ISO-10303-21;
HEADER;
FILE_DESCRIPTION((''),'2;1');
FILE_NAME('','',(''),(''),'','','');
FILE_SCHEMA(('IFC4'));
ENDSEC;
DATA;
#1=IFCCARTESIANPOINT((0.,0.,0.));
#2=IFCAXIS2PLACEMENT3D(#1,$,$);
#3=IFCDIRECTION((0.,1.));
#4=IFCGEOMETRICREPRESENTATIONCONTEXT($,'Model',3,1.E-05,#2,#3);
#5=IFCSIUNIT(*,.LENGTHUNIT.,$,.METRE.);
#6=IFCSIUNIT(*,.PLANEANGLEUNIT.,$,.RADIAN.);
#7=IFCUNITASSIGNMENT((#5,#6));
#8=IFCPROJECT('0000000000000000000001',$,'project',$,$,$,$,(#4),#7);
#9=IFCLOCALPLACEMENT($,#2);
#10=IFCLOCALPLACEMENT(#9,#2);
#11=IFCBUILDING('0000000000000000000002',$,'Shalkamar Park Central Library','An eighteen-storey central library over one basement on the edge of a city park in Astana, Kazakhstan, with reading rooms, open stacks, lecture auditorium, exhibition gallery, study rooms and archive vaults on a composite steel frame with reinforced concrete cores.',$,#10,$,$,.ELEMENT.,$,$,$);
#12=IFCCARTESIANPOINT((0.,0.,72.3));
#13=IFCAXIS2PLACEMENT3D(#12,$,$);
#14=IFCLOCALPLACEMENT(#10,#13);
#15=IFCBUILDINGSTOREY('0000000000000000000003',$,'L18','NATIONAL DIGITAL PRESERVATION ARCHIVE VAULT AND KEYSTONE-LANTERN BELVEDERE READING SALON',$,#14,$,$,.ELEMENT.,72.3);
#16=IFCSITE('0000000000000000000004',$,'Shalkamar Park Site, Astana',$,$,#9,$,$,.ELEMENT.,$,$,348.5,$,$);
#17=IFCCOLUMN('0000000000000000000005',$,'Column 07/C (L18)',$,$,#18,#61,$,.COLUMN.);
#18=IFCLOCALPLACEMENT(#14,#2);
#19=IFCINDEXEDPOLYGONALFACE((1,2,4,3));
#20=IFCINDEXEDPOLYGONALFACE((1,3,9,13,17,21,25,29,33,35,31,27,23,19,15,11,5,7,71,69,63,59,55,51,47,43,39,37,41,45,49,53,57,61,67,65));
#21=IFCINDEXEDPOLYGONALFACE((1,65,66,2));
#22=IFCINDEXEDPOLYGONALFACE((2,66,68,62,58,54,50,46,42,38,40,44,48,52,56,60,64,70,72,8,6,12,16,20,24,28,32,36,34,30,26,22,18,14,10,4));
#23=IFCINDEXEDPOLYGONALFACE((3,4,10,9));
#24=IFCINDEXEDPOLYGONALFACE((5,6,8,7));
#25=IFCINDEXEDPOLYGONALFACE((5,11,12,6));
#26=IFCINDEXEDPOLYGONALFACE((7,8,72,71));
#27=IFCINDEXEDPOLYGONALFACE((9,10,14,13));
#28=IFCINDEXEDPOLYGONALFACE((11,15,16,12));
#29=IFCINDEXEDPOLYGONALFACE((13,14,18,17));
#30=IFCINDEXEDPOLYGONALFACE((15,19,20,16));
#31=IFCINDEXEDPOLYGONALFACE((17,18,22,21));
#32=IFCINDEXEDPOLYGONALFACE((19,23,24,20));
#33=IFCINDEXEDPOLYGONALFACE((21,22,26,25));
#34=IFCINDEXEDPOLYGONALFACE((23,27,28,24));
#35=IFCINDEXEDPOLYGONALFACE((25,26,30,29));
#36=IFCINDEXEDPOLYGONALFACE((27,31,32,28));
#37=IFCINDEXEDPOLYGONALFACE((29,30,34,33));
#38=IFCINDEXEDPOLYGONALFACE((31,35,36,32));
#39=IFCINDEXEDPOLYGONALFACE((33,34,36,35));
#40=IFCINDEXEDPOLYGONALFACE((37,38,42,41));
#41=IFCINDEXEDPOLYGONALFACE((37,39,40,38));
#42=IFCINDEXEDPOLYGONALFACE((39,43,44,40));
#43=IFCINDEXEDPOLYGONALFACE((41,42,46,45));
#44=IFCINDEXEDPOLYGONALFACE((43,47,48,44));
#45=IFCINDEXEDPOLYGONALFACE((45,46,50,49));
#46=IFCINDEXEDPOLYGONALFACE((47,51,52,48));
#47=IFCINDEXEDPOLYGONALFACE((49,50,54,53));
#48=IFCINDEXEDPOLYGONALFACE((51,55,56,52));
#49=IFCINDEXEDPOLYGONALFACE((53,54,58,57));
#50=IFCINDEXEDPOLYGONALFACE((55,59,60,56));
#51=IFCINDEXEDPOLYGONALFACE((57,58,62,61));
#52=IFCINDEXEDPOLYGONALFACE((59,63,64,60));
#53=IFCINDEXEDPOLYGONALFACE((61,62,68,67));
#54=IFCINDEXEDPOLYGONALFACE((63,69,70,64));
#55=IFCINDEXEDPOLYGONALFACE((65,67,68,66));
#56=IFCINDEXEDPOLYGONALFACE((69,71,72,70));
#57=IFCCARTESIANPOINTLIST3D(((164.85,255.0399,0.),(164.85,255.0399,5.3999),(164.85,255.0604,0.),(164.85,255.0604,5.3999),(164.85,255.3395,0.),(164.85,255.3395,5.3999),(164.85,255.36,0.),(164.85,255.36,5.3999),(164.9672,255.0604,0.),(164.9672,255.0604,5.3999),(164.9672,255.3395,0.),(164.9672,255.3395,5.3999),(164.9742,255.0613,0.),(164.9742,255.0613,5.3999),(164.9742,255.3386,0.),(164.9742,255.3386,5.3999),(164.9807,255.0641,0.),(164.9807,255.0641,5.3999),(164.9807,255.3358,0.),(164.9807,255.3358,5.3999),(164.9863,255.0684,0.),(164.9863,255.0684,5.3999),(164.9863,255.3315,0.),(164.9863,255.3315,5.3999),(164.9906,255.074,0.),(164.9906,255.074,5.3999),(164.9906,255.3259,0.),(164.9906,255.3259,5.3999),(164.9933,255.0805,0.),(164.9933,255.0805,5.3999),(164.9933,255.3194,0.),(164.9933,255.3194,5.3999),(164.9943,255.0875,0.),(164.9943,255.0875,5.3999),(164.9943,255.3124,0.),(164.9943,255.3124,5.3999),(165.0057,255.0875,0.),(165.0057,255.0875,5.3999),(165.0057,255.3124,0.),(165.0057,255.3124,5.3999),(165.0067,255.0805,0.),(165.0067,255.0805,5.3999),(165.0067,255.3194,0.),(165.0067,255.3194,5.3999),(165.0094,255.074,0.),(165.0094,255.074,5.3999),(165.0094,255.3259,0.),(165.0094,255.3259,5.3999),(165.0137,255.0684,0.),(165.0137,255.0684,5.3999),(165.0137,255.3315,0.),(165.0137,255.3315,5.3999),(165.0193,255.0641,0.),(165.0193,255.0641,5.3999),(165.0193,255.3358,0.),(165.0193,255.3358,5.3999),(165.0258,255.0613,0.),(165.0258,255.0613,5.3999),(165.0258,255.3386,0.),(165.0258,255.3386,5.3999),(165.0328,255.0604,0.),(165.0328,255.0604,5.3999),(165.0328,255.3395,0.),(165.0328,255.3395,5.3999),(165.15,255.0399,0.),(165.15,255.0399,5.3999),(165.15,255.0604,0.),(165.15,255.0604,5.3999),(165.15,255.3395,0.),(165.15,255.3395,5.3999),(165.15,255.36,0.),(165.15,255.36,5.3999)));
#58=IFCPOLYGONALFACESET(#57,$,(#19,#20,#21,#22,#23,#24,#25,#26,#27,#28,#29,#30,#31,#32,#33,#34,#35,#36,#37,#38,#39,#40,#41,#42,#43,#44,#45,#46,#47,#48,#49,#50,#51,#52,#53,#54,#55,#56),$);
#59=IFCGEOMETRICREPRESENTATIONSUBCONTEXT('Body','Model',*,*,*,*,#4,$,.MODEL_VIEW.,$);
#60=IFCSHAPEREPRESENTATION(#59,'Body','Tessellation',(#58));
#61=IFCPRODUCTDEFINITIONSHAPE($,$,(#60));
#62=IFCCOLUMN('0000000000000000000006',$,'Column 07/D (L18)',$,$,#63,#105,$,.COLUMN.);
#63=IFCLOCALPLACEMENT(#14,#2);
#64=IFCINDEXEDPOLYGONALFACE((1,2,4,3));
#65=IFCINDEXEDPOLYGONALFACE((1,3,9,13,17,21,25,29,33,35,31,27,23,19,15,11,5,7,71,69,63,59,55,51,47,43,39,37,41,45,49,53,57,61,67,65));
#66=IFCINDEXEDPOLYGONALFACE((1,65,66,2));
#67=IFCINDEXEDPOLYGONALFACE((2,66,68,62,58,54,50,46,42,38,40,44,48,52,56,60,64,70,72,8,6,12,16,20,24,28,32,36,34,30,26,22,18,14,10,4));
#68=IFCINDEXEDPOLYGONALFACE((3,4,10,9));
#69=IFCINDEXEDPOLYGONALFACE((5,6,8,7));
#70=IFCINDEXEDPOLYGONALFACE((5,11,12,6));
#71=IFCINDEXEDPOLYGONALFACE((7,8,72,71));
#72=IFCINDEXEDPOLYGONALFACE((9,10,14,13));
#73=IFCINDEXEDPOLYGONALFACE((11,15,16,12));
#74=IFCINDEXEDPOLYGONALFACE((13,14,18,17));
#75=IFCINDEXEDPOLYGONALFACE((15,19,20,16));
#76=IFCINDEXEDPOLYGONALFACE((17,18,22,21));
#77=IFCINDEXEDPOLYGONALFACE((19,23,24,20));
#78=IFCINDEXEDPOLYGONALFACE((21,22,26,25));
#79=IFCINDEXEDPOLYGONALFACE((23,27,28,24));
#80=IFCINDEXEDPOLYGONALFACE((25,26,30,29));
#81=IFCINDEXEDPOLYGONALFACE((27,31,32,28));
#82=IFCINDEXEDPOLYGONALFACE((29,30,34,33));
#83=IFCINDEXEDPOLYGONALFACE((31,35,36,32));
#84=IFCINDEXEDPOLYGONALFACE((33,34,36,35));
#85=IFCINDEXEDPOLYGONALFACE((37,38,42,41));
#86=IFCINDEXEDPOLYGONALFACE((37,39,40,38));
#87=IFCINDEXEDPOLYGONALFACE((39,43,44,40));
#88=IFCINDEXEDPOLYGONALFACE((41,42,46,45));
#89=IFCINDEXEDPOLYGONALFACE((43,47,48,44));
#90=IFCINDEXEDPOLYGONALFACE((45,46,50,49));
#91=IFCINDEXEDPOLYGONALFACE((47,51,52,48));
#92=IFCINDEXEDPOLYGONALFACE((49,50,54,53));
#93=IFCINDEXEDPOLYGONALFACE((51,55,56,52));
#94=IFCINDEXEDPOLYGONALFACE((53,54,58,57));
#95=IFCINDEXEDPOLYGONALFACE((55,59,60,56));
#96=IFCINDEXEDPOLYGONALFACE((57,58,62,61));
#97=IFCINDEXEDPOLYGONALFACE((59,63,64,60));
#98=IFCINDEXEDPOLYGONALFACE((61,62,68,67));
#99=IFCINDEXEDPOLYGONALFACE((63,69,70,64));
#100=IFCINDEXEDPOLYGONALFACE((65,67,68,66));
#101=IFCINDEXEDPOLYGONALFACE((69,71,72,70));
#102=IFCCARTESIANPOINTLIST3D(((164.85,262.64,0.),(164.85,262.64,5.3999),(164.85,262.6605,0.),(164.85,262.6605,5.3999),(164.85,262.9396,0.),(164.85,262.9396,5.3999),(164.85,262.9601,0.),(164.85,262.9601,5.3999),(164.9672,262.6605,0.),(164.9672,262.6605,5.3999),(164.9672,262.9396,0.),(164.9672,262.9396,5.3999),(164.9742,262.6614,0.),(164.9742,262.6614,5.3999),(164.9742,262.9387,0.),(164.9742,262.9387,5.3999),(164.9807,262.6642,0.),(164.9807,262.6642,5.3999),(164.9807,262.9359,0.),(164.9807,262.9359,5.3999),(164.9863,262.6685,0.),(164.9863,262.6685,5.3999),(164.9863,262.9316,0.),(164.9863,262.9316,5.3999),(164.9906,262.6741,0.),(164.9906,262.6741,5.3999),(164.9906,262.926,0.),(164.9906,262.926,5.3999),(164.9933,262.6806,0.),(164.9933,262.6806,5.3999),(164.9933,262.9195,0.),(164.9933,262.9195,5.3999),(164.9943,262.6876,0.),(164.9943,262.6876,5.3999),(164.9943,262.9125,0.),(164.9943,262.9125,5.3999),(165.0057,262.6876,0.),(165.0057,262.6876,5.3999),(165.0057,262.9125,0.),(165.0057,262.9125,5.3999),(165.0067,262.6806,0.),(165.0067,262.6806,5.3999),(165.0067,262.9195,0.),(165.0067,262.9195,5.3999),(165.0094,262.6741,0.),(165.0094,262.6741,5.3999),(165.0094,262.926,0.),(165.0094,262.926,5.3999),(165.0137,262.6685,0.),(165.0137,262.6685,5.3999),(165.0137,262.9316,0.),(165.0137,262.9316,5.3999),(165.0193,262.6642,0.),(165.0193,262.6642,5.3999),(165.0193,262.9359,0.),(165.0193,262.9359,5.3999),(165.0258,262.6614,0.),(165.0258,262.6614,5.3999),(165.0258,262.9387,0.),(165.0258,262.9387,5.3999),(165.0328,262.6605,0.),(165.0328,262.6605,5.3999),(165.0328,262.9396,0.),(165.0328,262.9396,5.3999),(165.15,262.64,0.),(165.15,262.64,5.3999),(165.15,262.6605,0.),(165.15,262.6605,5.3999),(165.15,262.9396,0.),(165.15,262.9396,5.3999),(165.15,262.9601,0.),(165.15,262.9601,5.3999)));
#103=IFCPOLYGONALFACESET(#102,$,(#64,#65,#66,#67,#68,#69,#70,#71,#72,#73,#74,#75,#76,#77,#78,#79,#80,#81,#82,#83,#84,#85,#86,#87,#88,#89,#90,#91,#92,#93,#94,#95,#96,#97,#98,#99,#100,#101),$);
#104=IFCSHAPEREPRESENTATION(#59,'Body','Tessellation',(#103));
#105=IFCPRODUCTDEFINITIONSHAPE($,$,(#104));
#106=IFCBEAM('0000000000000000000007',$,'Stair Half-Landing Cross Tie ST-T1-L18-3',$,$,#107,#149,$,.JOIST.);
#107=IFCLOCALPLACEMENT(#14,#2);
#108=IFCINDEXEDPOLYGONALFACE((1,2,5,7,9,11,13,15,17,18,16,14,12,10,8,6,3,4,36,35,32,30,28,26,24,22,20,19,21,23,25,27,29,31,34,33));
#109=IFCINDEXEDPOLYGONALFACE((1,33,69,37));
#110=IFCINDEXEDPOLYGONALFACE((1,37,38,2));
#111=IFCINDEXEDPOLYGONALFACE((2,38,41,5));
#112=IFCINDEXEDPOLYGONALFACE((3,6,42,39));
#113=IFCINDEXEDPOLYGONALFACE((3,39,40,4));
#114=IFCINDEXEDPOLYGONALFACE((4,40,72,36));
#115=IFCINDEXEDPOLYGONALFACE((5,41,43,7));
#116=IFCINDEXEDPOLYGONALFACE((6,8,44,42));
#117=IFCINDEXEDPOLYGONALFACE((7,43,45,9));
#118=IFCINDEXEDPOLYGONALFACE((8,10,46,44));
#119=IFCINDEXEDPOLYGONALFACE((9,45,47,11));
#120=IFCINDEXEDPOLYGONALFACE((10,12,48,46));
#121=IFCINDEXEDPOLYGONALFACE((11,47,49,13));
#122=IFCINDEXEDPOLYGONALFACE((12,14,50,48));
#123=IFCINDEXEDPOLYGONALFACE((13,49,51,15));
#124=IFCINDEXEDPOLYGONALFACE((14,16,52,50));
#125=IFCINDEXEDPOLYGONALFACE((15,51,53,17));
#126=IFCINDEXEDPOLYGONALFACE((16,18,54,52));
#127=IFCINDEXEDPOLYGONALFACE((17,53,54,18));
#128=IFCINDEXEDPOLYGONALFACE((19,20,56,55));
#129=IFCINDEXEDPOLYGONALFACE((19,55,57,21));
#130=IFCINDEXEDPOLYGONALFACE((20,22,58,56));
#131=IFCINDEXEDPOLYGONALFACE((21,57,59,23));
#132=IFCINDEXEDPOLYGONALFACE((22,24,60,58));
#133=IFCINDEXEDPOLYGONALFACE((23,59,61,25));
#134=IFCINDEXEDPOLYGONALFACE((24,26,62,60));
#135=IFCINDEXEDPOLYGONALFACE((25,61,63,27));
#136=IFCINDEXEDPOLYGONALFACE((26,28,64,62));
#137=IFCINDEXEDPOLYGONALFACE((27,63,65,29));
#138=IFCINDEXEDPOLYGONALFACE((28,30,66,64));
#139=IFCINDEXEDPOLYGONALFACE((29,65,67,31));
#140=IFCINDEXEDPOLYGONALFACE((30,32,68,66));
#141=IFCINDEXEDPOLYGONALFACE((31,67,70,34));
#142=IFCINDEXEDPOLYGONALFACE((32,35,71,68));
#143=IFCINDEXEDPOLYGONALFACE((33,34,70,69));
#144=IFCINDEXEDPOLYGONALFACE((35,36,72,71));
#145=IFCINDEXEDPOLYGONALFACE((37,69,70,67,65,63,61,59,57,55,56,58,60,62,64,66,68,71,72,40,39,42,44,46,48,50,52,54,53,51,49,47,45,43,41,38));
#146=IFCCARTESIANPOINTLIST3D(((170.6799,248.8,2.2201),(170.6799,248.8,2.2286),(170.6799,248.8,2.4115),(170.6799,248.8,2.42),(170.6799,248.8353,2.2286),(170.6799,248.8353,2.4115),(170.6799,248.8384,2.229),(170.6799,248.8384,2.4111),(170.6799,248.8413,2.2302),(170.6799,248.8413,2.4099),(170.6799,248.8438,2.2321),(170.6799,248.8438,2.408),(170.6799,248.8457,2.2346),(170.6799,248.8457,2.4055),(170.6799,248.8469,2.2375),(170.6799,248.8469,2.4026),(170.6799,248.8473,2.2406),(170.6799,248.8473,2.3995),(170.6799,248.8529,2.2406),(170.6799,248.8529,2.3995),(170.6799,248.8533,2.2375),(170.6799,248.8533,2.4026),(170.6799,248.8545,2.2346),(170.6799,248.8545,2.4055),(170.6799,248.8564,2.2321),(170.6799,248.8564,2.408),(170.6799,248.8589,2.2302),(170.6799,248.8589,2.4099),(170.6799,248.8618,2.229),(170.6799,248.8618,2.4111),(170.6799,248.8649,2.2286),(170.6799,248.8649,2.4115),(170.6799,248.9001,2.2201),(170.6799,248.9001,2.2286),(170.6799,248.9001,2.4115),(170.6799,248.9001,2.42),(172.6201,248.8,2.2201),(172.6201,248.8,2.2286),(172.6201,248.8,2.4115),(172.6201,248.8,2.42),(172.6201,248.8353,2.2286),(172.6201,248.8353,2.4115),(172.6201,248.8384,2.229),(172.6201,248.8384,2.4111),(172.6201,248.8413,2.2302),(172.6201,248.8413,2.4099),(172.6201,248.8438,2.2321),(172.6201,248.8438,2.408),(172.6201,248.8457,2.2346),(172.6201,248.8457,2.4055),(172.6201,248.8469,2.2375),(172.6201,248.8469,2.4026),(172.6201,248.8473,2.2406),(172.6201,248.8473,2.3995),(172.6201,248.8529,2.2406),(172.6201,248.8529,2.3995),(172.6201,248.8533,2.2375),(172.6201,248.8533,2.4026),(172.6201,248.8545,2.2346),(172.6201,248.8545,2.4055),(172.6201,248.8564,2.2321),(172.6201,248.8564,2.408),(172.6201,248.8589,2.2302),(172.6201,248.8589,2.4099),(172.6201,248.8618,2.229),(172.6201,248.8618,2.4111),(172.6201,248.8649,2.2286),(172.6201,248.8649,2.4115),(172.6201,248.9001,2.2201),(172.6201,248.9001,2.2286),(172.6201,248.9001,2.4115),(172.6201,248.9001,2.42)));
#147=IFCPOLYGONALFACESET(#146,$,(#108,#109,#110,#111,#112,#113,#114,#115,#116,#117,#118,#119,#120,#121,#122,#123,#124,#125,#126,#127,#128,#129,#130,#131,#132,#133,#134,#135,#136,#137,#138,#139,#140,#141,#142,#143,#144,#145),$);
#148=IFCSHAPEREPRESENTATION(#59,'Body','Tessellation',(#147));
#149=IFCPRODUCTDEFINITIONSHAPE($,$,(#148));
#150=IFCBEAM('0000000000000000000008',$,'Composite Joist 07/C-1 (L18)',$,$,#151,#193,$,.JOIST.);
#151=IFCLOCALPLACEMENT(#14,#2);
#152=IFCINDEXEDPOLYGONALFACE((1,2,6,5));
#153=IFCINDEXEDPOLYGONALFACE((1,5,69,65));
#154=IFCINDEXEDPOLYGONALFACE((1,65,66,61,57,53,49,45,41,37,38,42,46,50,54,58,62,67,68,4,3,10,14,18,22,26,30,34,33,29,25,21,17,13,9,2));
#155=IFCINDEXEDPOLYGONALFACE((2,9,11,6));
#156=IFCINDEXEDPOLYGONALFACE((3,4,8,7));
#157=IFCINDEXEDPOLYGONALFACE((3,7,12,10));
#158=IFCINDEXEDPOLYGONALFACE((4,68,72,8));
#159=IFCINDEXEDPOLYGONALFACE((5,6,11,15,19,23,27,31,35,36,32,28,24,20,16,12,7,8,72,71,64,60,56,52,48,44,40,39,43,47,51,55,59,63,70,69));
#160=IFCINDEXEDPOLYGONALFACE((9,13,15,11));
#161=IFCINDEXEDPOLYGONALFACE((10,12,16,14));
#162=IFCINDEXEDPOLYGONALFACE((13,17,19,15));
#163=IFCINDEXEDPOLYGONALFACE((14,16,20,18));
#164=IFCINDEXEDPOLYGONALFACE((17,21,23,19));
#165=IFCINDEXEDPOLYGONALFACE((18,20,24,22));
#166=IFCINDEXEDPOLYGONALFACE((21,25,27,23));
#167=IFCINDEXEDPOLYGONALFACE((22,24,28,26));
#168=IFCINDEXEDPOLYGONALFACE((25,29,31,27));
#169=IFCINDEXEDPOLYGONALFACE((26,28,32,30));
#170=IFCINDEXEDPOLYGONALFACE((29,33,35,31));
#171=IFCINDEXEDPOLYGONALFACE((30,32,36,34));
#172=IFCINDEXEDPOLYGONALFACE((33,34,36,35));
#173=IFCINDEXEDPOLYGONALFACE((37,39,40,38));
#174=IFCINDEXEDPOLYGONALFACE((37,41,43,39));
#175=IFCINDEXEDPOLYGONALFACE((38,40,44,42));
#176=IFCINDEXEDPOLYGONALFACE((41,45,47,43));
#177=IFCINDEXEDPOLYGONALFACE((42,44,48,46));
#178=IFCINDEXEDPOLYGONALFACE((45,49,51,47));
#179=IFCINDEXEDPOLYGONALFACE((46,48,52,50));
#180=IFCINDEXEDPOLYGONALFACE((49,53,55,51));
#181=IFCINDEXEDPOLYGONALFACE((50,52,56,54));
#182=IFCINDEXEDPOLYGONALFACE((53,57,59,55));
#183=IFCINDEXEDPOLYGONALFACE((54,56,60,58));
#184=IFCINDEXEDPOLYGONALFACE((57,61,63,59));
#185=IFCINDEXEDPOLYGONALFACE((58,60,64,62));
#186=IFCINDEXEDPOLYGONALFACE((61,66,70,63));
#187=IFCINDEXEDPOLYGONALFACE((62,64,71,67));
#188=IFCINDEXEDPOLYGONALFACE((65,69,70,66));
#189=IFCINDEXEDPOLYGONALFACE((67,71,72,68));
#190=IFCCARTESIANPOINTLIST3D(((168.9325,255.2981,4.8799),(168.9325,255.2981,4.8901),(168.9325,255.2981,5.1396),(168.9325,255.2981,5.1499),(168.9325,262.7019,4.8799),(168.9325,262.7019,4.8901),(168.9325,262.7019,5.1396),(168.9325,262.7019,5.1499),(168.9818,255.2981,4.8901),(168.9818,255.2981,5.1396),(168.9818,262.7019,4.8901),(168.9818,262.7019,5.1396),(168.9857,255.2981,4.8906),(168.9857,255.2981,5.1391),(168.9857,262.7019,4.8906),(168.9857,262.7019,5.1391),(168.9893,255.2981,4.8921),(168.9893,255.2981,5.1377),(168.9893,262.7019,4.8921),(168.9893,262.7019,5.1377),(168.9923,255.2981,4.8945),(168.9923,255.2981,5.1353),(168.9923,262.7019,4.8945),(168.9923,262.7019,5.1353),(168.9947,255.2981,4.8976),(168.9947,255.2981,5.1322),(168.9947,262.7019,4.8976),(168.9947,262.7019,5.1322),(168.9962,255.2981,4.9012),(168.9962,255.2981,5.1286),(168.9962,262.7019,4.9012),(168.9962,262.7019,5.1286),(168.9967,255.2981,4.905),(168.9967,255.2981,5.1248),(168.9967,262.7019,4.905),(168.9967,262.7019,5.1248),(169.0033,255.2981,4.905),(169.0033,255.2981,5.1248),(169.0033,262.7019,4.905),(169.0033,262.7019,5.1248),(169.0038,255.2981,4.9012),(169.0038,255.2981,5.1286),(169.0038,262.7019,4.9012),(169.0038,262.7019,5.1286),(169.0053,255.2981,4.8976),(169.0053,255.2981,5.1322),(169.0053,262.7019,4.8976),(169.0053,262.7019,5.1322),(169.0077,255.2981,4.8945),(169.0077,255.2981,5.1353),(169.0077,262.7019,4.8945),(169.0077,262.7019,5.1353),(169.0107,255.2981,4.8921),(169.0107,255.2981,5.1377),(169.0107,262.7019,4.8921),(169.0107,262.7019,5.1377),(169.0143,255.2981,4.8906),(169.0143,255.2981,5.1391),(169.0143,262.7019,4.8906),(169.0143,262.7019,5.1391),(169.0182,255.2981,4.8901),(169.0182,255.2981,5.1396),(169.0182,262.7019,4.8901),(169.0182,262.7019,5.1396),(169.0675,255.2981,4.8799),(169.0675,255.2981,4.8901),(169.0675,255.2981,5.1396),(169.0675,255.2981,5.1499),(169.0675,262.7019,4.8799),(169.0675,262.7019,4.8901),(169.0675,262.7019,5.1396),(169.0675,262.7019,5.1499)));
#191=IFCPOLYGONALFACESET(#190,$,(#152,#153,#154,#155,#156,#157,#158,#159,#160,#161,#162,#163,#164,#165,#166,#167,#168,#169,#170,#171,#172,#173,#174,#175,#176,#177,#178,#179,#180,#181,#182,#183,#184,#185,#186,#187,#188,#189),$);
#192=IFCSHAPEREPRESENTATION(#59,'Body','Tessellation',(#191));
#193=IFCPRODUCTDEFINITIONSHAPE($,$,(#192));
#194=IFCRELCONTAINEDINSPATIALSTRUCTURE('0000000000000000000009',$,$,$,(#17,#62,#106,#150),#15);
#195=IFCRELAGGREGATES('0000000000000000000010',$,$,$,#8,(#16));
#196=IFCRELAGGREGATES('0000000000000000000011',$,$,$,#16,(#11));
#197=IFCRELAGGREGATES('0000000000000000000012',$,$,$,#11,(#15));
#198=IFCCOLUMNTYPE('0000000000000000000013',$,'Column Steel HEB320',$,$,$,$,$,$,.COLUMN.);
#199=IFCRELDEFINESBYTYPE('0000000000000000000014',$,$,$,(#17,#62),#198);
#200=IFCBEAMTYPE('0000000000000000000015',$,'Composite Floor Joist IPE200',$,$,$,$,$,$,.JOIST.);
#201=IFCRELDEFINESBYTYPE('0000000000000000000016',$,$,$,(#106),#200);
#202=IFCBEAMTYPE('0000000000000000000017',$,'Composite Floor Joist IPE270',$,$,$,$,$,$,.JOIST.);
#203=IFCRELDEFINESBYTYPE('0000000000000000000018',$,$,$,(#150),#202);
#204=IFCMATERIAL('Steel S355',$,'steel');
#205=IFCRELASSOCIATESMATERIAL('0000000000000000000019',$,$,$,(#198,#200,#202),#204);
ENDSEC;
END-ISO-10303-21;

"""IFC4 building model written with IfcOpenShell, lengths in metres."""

from ifc_helpers import new_model, si_unit, direction, frame, origin, origin_2d, place, context, subcontext, project, spatial, i_section, extrude, material, material_profile, profile_set, type_object, element, save


model = new_model("IFC4")

# Units and contexts
model_context = context("Model", 3, precision=1e-05, world=origin(), true_north=direction((0.0, 1.0)))
body_context = subcontext(model_context, "Body", "Model", "MODEL_VIEW")
ifc_project = project(units=[si_unit("LENGTHUNIT", "METRE"), si_unit("PLANEANGLEUNIT", "RADIAN")], contexts=[model_context])

# Site, building, storey
site_placement = place(None, origin())
site = spatial("IfcSite", under=ifc_project, at=site_placement, Name="Shalkamar Park Site, Astana", CompositionType="ELEMENT", RefElevation=348.5)
building_placement = place(site_placement, origin())
building = spatial("IfcBuilding", under=site, at=building_placement, Name="Shalkamar Park Central Library", Description="An eighteen-storey central library over one basement on the edge of a city park in Astana, Kazakhstan, with reading rooms, open stacks, lecture auditorium, exhibition gallery, study rooms and archive vaults on a composite steel frame with reinforced concrete cores.", CompositionType="ELEMENT")
storey_placement = place(building_placement, frame((0.0, 0.0, 72.3)))
storey = spatial("IfcBuildingStorey", under=building, at=storey_placement, Name="L18", Description="NATIONAL DIGITAL PRESERVATION ARCHIVE VAULT AND KEYSTONE-LANTERN BELVEDERE READING SALON", CompositionType="ELEMENT", Elevation=72.3)

# Columns
ifc_material_1 = material(Name="Steel S355", Category="steel")
ifc_material_profile_1 = material_profile(ifc_material_1, i_section(OverallWidth=0.3, OverallDepth=0.3201, WebThickness=0.0115, FlangeThickness=0.0205, FilletRadius=0.0271, at=origin_2d()), Name="HEB 320")
ifc_profile_set_1 = profile_set([ifc_material_profile_1], Name="Steel S355")
column_type = type_object("IfcColumnType", Name="Column Steel HEB320", PredefinedType="COLUMN", material=ifc_profile_set_1)
for number, where, z_axis, x_axis, name in (
    (1, (165.0, 255.2, 0.0), (0.0, 0.0, 1.0), (1.0, 0.0, 0.0), "Column 07/C (L18)"),
    (2, (165.0, 262.8, 0.0), (0.0, 0.0, 1.0), (1.0, 0.0, 0.0), "Column 07/D (L18)"),
):
    element("IfcColumn", number, at=place(storey_placement, frame(where, z_axis=z_axis, x_axis=x_axis)), inside=storey, type_object=column_type, Name=name, PredefinedType="COLUMN", context=body_context, shape_type="SweptSolid", body=[
        extrude(i_section(OverallWidth=0.3, OverallDepth=0.3201, WebThickness=0.0115, FlangeThickness=0.0205, FilletRadius=0.0271, at=origin_2d()), origin(), (0.0, 0.0, 1.0), 5.3999),
    ])

# Beams
ifc_material_profile_2 = material_profile(ifc_material_1, i_section(OverallWidth=0.1001, OverallDepth=0.2, WebThickness=0.0056, FlangeThickness=0.0085, FilletRadius=0.012, at=origin_2d()), Name="IPE 200")
ifc_profile_set_2 = profile_set([ifc_material_profile_2], Name="Steel S355")
beam_type_1 = type_object("IfcBeamType", Name="Composite Floor Joist IPE200", PredefinedType="JOIST", material=ifc_profile_set_2)
beam_1_placement = place(storey_placement, frame((170.6799, 248.8501, 2.3201), z_axis=(1.0, 0.0, 0.0), x_axis=(0.0, 1.0, 0.0)))
element("IfcBeam", 3, at=beam_1_placement, inside=storey, type_object=beam_type_1, Name="Stair Half-Landing Cross Tie ST-T1-L18-3", PredefinedType="JOIST", context=body_context, shape_type="SweptSolid", body=[
    extrude(i_section(OverallWidth=0.1001, OverallDepth=0.2, WebThickness=0.0056, FlangeThickness=0.0085, FilletRadius=0.012, at=origin_2d()), origin(), (0.0, 0.0, 1.0), 1.9402),
])
ifc_material_profile_3 = material_profile(ifc_material_1, i_section(OverallWidth=0.135, OverallDepth=0.27, WebThickness=0.0066, FlangeThickness=0.0103, FilletRadius=0.0149, at=origin_2d()), Name="IPE 270")
ifc_profile_set_3 = profile_set([ifc_material_profile_3], Name="Steel S355")
beam_type_2 = type_object("IfcBeamType", Name="Composite Floor Joist IPE270", PredefinedType="JOIST", material=ifc_profile_set_3)
beam_2_placement = place(storey_placement, frame((169.0, 255.2981, 5.0149), z_axis=(0.0, 1.0, 0.0), x_axis=(-1.0, 0.0, 0.0)))
element("IfcBeam", 4, at=beam_2_placement, inside=storey, type_object=beam_type_2, Name="Composite Joist 07/C-1 (L18)", PredefinedType="JOIST", context=body_context, shape_type="SweptSolid", body=[
    extrude(i_section(OverallWidth=0.135, OverallDepth=0.27, WebThickness=0.0066, FlangeThickness=0.0103, FilletRadius=0.0149, at=origin_2d()), origin(), (0.0, 0.0, 1.0), 7.4038),
])

save(model, "model.ifc")
